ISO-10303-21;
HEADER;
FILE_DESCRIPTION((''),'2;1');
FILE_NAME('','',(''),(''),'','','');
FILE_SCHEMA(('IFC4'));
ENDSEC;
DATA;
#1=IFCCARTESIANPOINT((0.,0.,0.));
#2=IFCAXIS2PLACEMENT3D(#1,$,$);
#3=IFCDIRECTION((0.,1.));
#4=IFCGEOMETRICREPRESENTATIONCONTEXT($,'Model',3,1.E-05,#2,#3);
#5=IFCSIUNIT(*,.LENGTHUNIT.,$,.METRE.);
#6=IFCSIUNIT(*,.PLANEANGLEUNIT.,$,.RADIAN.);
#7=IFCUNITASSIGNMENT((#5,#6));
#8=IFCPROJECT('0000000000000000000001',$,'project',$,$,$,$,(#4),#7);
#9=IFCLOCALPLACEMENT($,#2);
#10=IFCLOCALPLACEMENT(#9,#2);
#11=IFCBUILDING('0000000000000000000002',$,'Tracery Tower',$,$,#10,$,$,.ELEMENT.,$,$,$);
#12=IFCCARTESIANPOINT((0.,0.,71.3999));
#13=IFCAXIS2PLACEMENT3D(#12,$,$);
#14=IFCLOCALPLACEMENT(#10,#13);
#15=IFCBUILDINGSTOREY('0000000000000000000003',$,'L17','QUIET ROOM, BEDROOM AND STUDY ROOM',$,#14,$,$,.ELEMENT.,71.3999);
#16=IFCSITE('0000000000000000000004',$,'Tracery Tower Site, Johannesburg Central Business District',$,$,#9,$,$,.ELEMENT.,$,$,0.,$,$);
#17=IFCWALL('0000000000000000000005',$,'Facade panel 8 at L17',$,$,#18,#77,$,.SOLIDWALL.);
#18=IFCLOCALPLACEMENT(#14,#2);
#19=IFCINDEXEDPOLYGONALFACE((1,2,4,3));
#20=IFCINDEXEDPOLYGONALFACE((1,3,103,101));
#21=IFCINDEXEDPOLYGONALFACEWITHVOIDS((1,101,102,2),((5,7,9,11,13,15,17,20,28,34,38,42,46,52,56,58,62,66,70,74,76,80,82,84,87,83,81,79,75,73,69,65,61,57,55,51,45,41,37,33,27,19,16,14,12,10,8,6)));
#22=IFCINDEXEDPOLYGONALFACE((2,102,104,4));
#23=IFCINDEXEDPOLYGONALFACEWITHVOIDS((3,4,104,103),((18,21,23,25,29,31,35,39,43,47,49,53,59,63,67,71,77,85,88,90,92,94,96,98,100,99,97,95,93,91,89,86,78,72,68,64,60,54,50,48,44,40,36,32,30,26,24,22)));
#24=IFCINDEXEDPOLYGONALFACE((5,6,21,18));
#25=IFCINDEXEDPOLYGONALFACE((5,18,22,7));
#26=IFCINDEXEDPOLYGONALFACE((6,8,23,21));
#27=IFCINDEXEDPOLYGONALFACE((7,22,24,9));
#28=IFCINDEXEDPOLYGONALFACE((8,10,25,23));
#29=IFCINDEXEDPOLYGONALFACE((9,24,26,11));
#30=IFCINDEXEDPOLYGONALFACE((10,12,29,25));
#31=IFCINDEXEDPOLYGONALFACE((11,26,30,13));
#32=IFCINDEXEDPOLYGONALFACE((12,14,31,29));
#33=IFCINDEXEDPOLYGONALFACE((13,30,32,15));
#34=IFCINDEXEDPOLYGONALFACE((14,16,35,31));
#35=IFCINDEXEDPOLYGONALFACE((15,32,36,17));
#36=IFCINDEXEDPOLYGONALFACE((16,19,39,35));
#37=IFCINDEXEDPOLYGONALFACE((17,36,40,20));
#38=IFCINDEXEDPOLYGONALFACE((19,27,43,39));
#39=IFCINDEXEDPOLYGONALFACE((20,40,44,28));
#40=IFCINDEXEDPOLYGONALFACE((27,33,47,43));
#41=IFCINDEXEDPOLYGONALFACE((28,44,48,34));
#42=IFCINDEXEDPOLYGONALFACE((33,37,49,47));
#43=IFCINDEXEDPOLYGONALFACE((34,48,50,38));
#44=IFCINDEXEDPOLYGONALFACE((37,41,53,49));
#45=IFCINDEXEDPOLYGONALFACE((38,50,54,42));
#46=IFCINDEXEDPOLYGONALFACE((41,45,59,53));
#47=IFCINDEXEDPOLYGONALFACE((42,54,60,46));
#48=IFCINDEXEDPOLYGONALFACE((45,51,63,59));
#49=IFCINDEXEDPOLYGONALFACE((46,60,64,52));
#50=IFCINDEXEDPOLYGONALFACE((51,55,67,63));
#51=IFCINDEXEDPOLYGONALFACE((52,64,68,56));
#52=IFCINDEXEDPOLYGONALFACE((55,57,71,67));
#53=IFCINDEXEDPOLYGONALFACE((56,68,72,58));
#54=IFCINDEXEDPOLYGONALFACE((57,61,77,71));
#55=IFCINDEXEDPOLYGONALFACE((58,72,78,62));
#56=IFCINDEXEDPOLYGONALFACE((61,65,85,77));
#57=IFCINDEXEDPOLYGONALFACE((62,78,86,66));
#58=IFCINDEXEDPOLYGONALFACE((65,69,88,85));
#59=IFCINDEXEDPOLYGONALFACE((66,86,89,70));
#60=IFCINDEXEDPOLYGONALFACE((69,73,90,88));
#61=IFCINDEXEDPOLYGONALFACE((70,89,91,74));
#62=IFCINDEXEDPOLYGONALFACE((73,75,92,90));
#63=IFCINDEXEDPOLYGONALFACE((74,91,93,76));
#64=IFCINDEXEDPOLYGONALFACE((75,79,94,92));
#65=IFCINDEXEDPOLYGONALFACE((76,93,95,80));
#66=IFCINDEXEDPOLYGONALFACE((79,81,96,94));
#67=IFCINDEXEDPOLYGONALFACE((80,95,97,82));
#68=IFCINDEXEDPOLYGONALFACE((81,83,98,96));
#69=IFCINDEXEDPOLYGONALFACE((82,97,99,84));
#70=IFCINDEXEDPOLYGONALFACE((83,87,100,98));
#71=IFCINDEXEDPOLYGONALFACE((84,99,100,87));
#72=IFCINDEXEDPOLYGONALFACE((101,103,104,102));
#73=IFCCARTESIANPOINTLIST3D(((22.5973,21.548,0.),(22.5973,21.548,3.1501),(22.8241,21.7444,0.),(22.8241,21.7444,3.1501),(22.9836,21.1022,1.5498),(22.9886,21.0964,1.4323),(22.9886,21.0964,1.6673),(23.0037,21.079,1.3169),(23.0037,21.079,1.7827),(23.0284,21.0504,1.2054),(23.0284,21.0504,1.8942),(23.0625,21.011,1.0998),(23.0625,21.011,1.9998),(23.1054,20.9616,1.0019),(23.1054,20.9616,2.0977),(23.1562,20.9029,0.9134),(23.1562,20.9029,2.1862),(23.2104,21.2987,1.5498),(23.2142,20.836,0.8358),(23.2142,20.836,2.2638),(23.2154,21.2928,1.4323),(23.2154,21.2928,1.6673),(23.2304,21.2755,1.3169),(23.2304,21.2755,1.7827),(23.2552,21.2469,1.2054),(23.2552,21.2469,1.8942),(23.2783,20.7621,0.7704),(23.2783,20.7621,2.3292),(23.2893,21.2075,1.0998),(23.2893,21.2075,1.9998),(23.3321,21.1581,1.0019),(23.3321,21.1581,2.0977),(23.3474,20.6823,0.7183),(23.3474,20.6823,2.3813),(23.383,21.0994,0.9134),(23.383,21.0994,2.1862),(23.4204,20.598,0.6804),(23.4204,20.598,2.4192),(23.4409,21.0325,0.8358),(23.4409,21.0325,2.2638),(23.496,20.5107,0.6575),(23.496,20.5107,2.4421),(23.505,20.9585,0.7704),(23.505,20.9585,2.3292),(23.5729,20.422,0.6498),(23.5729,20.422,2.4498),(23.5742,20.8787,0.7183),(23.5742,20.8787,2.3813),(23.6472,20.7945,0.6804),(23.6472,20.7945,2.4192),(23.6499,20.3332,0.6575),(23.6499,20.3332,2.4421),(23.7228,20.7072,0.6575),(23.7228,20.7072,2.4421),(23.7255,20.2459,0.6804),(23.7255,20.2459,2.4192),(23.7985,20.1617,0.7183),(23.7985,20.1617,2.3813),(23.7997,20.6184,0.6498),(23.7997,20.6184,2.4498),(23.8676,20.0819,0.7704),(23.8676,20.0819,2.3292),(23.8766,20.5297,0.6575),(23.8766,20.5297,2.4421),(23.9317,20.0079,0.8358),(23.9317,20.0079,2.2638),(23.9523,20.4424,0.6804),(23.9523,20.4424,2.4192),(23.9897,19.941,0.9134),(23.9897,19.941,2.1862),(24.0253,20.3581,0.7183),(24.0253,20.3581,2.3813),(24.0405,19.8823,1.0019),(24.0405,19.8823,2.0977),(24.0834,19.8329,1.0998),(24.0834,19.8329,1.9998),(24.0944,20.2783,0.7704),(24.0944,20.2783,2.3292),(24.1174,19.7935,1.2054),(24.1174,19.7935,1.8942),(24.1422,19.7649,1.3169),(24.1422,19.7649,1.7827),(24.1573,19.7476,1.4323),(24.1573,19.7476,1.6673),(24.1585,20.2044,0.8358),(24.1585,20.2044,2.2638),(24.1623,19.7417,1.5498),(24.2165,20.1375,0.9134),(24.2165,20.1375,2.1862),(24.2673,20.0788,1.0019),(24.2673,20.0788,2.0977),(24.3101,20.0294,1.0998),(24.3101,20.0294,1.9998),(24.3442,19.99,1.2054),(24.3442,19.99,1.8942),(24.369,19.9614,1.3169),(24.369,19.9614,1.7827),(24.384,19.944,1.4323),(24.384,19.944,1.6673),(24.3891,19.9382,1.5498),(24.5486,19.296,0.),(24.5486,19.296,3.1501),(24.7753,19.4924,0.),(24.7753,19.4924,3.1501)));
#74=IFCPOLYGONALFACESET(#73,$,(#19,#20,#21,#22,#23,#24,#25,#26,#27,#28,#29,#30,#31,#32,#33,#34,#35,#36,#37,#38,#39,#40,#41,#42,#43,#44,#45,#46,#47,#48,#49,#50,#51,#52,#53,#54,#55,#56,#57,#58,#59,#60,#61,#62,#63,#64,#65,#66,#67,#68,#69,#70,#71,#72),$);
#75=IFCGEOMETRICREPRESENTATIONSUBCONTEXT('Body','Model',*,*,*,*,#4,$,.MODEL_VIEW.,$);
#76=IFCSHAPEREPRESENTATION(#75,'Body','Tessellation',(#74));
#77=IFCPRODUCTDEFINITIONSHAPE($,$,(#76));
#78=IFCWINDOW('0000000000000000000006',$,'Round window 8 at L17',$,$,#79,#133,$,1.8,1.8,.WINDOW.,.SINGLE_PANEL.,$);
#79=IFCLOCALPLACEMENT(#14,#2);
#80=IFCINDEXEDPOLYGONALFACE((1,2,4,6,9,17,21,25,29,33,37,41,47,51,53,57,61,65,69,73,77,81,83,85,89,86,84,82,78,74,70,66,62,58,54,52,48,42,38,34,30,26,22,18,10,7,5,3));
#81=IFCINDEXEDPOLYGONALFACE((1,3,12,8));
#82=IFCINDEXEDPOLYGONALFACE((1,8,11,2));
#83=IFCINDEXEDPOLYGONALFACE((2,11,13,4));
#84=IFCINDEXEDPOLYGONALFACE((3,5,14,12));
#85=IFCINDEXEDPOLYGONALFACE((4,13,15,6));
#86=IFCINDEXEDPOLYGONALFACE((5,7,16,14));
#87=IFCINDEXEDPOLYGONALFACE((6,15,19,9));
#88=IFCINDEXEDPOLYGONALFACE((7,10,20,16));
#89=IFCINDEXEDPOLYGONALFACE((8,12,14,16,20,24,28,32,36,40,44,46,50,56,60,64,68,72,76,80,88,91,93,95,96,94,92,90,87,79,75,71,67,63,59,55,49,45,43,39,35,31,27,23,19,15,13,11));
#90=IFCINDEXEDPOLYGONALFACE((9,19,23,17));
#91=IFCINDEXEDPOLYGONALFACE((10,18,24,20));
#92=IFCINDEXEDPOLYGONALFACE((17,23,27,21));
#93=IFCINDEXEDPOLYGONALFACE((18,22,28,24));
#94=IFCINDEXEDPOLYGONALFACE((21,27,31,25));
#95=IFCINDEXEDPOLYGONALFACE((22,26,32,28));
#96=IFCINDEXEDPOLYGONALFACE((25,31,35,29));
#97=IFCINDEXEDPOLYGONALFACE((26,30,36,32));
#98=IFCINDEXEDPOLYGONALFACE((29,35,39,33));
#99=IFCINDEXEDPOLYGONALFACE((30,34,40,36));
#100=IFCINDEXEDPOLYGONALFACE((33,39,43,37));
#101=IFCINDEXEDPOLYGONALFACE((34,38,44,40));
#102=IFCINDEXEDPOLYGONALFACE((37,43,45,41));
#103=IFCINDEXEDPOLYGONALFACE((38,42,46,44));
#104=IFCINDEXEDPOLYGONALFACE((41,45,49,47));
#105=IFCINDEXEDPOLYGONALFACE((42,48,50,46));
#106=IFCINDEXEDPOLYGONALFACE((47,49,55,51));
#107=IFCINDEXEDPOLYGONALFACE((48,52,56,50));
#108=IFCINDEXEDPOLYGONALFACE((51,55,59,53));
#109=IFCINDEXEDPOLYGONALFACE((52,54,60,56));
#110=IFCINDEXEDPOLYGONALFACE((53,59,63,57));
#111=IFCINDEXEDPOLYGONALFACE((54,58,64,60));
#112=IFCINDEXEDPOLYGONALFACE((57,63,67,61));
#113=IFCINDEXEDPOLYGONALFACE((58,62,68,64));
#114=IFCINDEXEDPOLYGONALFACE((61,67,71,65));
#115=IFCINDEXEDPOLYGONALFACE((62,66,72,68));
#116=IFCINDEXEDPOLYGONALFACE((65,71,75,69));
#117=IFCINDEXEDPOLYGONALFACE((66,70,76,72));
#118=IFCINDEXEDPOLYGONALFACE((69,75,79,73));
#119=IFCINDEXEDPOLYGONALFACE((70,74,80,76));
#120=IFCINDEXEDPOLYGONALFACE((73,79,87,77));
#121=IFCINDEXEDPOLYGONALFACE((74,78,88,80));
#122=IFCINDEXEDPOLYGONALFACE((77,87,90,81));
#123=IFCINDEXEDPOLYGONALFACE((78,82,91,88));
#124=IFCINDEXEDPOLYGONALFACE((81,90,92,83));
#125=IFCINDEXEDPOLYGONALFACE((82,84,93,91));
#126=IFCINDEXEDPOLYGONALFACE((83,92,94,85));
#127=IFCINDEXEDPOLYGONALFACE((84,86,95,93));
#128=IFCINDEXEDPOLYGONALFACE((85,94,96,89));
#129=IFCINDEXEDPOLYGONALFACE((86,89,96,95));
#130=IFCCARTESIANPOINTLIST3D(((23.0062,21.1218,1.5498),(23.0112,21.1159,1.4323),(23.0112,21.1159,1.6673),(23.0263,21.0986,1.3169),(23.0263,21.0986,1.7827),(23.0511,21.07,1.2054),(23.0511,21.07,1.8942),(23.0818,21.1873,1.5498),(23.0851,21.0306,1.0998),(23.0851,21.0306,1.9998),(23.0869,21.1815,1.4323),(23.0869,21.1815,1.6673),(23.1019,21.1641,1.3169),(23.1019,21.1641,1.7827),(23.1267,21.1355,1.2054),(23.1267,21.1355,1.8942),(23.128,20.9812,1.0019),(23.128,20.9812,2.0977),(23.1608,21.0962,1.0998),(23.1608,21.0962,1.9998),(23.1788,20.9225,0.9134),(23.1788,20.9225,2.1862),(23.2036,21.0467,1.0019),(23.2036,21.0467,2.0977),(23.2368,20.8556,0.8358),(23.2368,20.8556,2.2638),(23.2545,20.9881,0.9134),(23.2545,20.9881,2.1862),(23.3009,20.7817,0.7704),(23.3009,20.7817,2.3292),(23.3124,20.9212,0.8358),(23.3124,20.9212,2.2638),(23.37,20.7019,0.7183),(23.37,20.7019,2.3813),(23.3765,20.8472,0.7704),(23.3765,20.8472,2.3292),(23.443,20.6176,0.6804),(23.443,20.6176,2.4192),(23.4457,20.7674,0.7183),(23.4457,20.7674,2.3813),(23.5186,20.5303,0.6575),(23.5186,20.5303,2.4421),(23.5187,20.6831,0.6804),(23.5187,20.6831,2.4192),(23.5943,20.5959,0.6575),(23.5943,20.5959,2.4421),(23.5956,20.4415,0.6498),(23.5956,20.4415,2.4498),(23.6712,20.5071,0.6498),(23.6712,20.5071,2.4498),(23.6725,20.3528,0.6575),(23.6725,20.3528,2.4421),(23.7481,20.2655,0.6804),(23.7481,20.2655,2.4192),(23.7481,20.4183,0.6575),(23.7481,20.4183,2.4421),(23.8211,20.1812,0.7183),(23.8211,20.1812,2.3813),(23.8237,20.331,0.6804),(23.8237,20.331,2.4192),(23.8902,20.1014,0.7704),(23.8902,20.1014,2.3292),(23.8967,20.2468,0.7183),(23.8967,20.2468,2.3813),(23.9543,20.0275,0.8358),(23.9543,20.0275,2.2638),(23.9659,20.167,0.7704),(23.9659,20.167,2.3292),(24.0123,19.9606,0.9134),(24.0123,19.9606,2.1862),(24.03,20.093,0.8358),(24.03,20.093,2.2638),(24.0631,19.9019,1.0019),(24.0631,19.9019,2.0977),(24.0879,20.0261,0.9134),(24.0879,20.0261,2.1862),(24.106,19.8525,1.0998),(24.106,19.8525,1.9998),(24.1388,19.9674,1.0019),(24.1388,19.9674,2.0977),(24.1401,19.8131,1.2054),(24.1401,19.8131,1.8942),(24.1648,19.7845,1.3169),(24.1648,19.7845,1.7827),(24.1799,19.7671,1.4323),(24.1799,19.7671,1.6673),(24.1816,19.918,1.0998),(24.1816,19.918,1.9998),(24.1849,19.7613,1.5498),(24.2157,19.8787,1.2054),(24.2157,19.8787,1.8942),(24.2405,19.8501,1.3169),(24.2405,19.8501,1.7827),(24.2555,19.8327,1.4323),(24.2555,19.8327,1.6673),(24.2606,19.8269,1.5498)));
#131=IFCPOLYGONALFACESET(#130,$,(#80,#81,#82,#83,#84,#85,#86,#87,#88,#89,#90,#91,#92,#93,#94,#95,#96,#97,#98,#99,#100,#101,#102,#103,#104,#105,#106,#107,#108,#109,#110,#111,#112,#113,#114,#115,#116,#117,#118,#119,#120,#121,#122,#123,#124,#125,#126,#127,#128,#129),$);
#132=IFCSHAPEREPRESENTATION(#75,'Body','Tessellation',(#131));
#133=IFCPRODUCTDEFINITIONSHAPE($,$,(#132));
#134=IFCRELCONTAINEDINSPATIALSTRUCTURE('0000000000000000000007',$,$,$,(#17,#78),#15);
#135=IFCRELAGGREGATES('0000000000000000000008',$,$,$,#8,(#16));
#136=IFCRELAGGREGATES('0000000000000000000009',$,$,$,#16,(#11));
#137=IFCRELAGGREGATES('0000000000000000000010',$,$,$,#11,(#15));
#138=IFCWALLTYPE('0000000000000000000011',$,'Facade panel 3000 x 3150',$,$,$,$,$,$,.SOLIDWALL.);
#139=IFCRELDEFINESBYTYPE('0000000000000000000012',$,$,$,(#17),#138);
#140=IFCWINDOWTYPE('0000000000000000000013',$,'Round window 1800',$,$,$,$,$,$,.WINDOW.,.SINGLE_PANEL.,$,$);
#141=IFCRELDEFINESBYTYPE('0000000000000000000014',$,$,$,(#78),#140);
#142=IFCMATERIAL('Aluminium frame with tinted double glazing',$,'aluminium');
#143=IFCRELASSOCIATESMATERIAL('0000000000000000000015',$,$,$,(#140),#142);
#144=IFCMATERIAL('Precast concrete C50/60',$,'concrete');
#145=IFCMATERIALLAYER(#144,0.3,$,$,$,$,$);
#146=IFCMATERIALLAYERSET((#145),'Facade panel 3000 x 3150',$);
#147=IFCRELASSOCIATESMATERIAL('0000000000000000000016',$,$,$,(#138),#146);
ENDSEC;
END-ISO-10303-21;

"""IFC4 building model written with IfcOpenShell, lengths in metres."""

from ifc_helpers import new_model, si_unit, direction, frame, frame_2d, origin, origin_2d, place, context, subcontext, project, spatial, rectangle, circle, extrude, material, layer, layer_set, type_object, element, fill, save


model = new_model("IFC4")

# Units and contexts
model_context = context("Model", 3, precision=1e-05, world=origin(), true_north=direction((0.0, 1.0)))
body_context = subcontext(model_context, "Body", "Model", "MODEL_VIEW")
ifc_project = project(units=[si_unit("LENGTHUNIT", "METRE"), si_unit("PLANEANGLEUNIT", "RADIAN")], contexts=[model_context])

# Site, building, storey
site_placement = place(None, origin())
site = spatial("IfcSite", under=ifc_project, at=site_placement, Name="Tracery Tower Site, Johannesburg Central Business District", CompositionType="ELEMENT", RefElevation=0.0)
building_placement = place(site_placement, origin())
building = spatial("IfcBuilding", under=site, at=building_placement, Name="Tracery Tower", CompositionType="ELEMENT")
storey_placement = place(building_placement, frame((0.0, 0.0, 71.3999)))
storey = spatial("IfcBuildingStorey", under=building, at=storey_placement, Name="L17", Description="QUIET ROOM, BEDROOM AND STUDY ROOM", CompositionType="ELEMENT", Elevation=71.3999)

# Wall, opening, window
ifc_material_1 = material(Name="Aluminium frame with tinted double glazing", Category="aluminium")
window_type = type_object("IfcWindowType", Name="Round window 1800", PartitioningType="SINGLE_PANEL", PredefinedType="WINDOW", material=ifc_material_1)
ifc_material_2 = material(Name="Precast concrete C50/60", Category="concrete")
ifc_layer_1 = layer(ifc_material_2, 0.3)
ifc_layer_set_1 = layer_set([ifc_layer_1], Name="Facade panel 3000 x 3150")
wall_type_1 = type_object("IfcWallType", Name="Facade panel 3000 x 3150", PredefinedType="SOLIDWALL", material=ifc_layer_set_1)
wall_1_placement = place(storey_placement, frame((24.6619, 19.3943, 0.0), z_axis=(0.0, 0.0, 1.0), x_axis=(-0.654831, 0.755776, 0.0)))
wall_1 = element("IfcWall", 1, at=wall_1_placement, inside=storey, type_object=wall_type_1, Name="Facade panel 8 at L17", PredefinedType="SOLIDWALL", context=body_context, shape_type="SweptSolid", body=[
    extrude(rectangle(XDim=2.9797, YDim=0.3, at=frame_2d((1.4897, 0.0))), origin(), (0.0, 0.0, 1.0), 3.1501),
])
opening_1_placement = place(wall_1_placement, frame((1.4897, 0.0, 1.5498)))
opening_1 = element("IfcOpeningElement", 2, at=opening_1_placement, cuts=wall_1, PredefinedType="OPENING", context=body_context, shape_type="SweptSolid", body=[
    extrude(circle(Radius=0.9, at=origin_2d()), frame((0.0, 0.1599, 0.0), z_axis=(0.0, -1.0, 0.0), x_axis=(1.0, 0.0, 0.0)), (0.0, 0.0, 1.0), 0.3201),
])
window_1_placement = place(opening_1_placement, origin())
window_1 = element("IfcWindow", 3, at=window_1_placement, inside=storey, type_object=window_type, Name="Round window 8 at L17", OverallHeight=1.8, OverallWidth=1.8, PartitioningType="SINGLE_PANEL", PredefinedType="WINDOW", context=body_context, shape_type="SweptSolid", body=[
    extrude(circle(Radius=0.9, at=origin_2d()), frame((0.0, 0.1201, 0.0), z_axis=(0.0, -1.0, 0.0), x_axis=(1.0, 0.0, 0.0)), (0.0, 0.0, 1.0), 0.1001),
])
fill(opening_1, window_1)

save(model, "model.ifc")
